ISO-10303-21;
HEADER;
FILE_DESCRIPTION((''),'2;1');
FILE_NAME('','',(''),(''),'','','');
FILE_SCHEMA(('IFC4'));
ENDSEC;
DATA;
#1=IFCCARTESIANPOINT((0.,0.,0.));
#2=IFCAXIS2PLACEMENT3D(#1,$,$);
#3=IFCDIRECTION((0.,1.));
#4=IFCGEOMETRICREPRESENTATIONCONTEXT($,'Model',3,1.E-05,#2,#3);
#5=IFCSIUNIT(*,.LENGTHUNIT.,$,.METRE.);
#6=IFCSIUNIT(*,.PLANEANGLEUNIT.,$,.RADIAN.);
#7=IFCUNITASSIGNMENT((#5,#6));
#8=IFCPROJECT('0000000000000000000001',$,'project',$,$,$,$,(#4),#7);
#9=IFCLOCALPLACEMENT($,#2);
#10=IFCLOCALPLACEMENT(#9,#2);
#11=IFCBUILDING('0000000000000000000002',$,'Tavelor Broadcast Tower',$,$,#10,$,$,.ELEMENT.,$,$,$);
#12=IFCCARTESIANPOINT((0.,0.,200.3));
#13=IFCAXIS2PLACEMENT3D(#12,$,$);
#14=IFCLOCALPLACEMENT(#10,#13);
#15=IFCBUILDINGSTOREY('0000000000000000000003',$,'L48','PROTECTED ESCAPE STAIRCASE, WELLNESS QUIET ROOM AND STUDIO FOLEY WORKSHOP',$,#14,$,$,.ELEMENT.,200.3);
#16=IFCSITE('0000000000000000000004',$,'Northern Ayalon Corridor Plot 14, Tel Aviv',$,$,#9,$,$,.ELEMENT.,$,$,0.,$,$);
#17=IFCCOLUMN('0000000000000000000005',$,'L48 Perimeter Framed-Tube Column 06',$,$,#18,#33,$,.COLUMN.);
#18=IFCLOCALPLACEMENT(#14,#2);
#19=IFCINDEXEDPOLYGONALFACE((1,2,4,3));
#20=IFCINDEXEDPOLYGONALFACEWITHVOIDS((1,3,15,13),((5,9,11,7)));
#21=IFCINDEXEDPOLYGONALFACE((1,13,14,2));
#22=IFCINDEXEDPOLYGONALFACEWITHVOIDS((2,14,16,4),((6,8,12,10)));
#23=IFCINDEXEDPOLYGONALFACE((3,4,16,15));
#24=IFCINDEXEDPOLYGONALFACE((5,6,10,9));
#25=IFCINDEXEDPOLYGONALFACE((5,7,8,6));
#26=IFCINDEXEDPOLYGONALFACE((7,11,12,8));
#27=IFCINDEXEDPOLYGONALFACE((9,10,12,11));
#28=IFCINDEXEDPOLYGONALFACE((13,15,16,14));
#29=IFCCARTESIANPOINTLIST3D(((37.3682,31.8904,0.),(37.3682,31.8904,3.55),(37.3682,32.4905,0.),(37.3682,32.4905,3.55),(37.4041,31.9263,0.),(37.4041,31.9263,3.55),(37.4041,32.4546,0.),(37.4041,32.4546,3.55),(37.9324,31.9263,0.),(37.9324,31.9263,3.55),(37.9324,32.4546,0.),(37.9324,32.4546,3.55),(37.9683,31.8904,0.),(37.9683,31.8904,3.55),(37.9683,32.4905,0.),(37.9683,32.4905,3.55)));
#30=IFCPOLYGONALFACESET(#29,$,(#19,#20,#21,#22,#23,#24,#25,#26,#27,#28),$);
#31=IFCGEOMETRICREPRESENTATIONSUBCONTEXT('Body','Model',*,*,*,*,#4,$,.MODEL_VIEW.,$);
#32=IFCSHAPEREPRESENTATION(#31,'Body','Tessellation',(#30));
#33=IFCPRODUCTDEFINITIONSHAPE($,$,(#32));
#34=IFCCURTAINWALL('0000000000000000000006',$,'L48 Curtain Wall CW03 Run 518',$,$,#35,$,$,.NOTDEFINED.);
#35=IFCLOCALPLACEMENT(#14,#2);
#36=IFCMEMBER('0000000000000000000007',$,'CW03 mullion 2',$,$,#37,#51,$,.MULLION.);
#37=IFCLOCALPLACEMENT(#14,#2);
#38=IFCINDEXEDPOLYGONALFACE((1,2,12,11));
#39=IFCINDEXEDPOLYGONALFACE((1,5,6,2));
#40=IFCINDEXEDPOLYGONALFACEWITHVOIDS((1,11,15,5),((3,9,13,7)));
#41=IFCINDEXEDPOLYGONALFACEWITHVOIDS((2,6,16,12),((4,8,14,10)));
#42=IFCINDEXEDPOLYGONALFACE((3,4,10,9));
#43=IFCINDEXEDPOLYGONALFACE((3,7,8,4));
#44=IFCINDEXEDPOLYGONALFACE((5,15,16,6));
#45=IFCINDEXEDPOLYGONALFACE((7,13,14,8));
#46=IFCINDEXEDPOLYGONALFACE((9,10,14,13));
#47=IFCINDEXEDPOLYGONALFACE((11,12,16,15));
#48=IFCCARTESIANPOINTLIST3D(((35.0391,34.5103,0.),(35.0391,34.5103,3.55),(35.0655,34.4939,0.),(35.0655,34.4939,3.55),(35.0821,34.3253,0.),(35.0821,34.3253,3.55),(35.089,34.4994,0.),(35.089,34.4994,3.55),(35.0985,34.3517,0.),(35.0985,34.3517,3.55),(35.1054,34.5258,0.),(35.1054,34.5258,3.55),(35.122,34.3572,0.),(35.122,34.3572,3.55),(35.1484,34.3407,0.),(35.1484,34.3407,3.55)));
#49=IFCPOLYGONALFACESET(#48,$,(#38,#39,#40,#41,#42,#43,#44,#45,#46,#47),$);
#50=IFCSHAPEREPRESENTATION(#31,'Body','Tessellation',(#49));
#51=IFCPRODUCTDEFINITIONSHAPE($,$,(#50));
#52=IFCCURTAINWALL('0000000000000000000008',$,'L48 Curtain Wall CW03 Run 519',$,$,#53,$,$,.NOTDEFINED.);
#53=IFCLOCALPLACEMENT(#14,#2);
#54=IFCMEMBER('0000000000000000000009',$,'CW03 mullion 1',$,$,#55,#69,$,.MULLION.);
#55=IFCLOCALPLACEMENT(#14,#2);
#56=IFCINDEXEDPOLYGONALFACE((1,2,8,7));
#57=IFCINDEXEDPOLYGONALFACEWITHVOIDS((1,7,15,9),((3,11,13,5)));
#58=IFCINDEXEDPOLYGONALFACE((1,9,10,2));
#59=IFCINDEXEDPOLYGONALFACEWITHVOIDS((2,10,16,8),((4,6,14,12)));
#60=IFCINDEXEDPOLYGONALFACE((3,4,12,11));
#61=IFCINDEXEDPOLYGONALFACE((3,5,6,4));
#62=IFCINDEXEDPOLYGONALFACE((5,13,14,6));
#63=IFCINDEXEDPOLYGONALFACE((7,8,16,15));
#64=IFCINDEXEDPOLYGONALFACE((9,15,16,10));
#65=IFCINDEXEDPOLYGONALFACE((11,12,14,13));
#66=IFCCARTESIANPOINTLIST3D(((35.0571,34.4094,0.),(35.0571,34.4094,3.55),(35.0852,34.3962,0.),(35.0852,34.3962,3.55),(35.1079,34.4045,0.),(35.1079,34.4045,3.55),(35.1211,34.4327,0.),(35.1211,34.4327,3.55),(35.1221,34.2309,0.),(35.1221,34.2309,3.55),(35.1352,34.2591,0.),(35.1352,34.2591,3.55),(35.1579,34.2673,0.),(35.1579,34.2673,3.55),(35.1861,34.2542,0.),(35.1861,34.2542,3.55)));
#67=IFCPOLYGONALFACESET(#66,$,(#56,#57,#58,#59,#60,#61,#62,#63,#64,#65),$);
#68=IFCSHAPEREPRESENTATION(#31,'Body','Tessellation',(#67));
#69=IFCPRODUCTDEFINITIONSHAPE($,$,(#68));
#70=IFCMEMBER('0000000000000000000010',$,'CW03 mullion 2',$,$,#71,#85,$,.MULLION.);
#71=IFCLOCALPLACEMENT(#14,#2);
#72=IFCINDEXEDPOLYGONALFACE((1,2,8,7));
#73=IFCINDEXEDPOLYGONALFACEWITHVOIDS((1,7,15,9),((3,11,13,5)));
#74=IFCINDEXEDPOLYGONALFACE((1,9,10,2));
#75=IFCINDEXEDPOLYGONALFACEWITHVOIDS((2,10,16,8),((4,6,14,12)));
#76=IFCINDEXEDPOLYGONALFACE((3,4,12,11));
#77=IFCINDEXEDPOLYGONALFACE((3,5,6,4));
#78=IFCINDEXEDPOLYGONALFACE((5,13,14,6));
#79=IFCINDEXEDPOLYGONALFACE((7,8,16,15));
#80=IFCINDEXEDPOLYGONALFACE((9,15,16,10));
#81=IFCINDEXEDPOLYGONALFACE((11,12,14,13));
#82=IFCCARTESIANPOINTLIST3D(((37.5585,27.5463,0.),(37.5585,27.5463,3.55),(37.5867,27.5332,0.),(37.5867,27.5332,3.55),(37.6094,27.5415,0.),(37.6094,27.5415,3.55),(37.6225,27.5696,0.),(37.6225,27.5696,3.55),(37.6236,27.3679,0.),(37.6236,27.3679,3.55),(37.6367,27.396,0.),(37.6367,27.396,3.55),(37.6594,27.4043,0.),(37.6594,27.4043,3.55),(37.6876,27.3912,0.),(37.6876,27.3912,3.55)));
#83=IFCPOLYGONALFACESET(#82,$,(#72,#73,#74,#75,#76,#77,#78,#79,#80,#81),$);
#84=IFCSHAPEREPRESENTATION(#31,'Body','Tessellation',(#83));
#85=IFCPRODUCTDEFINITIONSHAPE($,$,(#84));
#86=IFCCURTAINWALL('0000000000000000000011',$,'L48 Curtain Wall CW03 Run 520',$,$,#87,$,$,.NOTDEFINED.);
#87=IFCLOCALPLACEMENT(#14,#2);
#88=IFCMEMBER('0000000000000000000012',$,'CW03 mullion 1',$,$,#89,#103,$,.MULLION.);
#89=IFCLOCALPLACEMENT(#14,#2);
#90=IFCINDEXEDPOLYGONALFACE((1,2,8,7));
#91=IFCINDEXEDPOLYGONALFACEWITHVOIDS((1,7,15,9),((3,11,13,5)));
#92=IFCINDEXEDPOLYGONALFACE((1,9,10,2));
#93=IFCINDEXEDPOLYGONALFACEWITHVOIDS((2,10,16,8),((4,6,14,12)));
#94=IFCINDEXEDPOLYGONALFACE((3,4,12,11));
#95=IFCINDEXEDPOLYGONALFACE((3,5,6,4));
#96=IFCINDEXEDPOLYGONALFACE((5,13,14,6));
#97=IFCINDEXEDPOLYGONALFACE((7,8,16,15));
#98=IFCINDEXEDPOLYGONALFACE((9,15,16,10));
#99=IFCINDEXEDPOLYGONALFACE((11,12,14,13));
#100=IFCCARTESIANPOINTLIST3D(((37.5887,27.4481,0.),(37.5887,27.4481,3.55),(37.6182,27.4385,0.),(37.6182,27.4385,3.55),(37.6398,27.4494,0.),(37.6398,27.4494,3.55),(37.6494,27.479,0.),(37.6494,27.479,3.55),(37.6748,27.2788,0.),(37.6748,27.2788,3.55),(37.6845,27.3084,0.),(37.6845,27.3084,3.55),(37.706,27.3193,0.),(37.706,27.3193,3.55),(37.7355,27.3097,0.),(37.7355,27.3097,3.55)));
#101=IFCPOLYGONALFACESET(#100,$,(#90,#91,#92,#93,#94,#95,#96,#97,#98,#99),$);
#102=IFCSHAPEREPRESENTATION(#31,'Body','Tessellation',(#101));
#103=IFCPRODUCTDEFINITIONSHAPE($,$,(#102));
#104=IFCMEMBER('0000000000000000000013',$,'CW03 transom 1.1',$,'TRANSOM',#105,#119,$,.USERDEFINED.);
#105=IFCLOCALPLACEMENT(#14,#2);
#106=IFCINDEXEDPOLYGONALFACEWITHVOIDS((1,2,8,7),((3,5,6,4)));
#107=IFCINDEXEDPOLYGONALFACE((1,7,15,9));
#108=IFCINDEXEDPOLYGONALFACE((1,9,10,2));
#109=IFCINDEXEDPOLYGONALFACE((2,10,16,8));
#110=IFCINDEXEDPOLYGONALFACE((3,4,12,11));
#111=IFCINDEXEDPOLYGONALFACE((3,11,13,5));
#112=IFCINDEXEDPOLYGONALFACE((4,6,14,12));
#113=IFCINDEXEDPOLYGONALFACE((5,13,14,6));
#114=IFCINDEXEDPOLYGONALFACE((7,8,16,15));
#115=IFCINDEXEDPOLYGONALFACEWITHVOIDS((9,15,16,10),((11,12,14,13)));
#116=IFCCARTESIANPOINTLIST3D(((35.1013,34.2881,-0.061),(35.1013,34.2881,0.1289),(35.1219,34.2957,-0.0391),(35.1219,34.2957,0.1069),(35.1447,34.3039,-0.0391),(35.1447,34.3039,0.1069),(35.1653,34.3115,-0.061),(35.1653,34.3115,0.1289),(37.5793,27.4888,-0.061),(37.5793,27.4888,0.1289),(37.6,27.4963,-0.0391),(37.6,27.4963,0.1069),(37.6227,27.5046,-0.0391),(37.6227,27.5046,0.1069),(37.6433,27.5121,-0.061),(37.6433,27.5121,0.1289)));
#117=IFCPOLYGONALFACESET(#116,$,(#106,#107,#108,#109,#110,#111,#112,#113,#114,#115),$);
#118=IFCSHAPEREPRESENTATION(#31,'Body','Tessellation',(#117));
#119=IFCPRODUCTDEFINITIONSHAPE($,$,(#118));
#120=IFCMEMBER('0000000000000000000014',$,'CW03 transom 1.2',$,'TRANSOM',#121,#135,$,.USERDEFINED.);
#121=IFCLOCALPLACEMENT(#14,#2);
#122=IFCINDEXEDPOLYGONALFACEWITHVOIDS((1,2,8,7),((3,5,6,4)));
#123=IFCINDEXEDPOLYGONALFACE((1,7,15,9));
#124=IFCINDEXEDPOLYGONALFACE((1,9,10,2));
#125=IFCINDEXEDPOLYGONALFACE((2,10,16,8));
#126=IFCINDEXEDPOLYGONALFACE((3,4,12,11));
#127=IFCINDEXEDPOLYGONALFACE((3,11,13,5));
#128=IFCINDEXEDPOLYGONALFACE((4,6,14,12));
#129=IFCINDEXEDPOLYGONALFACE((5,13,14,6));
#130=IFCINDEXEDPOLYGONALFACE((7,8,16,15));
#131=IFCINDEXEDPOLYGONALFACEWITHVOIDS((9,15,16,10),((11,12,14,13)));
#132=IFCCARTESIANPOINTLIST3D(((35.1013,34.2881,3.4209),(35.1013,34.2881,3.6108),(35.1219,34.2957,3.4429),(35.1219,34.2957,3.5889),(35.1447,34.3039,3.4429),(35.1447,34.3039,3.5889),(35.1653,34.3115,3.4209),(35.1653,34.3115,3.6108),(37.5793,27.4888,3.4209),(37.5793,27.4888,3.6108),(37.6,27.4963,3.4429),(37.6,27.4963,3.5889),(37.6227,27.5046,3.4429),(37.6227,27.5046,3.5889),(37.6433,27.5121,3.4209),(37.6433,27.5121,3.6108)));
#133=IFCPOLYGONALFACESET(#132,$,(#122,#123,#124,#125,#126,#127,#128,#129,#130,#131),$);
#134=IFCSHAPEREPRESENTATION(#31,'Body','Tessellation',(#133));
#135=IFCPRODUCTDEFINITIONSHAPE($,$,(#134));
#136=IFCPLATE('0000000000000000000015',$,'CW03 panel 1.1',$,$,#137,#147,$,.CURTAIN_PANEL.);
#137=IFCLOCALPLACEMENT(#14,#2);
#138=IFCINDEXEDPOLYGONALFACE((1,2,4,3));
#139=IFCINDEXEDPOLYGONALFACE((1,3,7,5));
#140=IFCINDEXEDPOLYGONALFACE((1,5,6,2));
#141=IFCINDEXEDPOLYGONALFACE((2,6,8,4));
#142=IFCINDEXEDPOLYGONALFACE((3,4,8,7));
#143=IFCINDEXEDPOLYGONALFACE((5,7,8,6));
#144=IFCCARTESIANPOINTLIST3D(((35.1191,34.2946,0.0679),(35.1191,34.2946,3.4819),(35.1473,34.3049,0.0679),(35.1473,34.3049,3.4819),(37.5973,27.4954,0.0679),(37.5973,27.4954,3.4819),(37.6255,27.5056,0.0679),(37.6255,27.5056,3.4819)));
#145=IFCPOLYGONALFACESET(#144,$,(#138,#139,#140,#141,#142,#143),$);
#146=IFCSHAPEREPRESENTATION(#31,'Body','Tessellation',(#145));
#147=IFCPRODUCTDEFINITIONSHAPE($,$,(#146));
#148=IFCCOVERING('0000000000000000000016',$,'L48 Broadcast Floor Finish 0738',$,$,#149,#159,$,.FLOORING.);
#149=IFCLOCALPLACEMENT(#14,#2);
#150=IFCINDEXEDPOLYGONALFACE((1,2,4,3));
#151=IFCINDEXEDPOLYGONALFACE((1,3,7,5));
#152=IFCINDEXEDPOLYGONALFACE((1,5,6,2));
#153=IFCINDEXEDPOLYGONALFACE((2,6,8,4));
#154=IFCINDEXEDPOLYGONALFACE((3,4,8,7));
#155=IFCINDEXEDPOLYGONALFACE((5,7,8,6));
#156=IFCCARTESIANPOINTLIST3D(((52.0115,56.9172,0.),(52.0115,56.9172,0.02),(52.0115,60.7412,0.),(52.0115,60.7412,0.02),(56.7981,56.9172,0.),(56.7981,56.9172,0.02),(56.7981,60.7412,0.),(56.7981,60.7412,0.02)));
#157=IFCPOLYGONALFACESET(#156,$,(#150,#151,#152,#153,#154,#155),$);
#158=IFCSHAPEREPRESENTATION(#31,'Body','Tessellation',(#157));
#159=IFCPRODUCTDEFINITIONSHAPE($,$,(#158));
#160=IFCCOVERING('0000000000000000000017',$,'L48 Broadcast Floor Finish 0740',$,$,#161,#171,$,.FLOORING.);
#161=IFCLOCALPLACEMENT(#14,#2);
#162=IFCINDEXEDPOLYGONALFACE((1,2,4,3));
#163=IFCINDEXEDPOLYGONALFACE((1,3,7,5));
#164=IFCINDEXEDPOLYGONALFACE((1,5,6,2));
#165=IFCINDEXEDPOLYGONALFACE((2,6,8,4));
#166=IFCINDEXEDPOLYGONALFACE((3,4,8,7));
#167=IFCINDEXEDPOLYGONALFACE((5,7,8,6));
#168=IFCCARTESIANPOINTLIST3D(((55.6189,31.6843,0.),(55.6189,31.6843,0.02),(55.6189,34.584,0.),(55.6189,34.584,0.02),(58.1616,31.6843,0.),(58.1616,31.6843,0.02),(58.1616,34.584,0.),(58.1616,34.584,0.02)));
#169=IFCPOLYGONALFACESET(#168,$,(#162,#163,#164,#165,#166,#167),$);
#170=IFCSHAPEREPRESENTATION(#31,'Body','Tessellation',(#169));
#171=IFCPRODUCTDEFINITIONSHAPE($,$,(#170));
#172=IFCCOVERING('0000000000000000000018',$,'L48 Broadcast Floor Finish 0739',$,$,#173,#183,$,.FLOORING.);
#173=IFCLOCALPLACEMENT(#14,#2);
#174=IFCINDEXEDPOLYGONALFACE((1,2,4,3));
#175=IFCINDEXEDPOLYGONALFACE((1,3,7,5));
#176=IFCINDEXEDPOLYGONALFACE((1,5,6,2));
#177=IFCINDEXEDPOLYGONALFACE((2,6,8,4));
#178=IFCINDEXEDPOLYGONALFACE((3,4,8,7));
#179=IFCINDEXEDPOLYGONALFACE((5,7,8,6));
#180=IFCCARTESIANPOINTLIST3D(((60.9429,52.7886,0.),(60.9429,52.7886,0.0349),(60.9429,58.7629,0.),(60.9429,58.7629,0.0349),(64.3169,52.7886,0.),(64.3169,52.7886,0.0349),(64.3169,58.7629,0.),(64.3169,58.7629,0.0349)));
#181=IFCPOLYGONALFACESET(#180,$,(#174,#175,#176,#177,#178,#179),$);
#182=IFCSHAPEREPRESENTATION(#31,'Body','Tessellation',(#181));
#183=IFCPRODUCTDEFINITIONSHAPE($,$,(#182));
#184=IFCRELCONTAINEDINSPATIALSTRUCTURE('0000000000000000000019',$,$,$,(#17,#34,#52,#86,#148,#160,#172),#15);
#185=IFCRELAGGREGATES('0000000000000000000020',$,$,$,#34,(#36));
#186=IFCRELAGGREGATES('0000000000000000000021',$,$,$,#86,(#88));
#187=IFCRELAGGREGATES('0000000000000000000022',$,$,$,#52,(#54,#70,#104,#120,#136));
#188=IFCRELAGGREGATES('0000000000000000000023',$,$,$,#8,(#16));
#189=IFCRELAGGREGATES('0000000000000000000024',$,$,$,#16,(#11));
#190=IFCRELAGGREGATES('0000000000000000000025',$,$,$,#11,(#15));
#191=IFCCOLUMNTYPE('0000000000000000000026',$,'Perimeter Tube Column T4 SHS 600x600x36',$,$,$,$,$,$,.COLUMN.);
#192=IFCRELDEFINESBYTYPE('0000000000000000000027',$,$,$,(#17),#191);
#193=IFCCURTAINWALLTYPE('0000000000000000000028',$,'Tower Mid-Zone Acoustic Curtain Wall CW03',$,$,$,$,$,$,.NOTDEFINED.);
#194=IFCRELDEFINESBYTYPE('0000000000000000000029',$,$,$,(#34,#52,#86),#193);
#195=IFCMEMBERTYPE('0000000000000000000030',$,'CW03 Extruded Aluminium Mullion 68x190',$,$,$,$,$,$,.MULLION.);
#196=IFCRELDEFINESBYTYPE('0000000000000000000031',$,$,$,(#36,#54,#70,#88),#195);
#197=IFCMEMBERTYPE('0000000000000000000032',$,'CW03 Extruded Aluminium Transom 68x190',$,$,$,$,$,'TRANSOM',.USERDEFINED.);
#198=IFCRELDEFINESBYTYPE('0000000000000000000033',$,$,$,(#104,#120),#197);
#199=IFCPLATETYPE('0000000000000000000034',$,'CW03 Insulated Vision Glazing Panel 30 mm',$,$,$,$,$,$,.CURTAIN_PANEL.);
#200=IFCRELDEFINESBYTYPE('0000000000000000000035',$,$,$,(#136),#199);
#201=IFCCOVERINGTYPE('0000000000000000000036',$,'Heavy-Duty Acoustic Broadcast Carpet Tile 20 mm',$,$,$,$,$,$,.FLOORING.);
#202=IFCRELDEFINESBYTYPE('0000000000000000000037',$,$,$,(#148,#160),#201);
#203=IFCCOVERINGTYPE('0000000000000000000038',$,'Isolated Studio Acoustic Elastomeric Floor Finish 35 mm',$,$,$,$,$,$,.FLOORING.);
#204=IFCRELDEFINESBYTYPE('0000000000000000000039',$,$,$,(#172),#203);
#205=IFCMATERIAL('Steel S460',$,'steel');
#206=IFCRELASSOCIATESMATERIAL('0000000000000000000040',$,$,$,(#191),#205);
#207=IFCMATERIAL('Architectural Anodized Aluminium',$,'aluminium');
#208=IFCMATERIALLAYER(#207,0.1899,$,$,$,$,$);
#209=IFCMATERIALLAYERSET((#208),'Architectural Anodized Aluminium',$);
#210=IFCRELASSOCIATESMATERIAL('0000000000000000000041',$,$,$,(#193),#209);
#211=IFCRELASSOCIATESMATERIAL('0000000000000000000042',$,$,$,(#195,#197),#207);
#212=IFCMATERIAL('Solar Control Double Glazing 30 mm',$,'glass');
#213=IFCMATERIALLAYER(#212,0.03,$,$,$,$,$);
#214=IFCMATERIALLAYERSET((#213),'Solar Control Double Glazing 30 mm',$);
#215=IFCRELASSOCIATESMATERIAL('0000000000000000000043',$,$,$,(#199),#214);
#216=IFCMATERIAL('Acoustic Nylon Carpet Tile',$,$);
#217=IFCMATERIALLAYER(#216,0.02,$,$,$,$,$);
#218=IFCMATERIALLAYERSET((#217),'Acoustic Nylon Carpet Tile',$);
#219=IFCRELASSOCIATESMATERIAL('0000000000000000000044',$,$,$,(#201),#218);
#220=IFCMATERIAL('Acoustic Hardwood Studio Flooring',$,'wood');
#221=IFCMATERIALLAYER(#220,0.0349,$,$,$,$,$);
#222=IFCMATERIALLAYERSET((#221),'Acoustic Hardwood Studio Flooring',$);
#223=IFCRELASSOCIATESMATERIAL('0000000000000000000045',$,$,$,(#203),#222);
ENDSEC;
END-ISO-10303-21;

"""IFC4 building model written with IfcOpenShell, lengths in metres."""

from ifc_helpers import new_model, si_unit, direction, frame, origin, origin_2d, place, context, subcontext, project, spatial, polyline, rectangle, hollow_rectangle, outline, extrude, source, transform, mapped, material, layer, layer_set, material_profile, profile_set, type_object, type_shapes, element, aggregate, save


model = new_model("IFC4")

# Units and contexts
model_context = context("Model", 3, precision=1e-05, world=origin(), true_north=direction((0.0, 1.0)))
body_context = subcontext(model_context, "Body", "Model", "MODEL_VIEW")
ifc_project = project(units=[si_unit("LENGTHUNIT", "METRE"), si_unit("PLANEANGLEUNIT", "RADIAN")], contexts=[model_context])

# Site, building, storey
site_placement = place(None, origin())
site = spatial("IfcSite", under=ifc_project, at=site_placement, Name="Northern Ayalon Corridor Plot 14, Tel Aviv", CompositionType="ELEMENT", RefElevation=0.0)
building_placement = place(site_placement, origin())
building = spatial("IfcBuilding", under=site, at=building_placement, Name="Tavelor Broadcast Tower", CompositionType="ELEMENT")
storey_placement = place(building_placement, frame((0.0, 0.0, 200.3)))
storey = spatial("IfcBuildingStorey", under=building, at=storey_placement, Name="L48", Description="PROTECTED ESCAPE STAIRCASE, WELLNESS QUIET ROOM AND STUDIO FOLEY WORKSHOP", CompositionType="ELEMENT", Elevation=200.3)

# Column
ifc_material_1 = material(Name="Steel S460", Category="steel")
ifc_material_profile_1 = material_profile(ifc_material_1, hollow_rectangle(XDim=0.6001, YDim=0.6001, WallThickness=0.0359, at=origin_2d()), Name="SHS 600x600x36")
ifc_profile_set_1 = profile_set([ifc_material_profile_1], Name="Steel S460")
column_type = type_object("IfcColumnType", Name="Perimeter Tube Column T4 SHS 600x600x36", PredefinedType="COLUMN", material=ifc_profile_set_1)
column_placement = place(storey_placement, frame((37.6682, 32.1904, 0.0), z_axis=(0.0, 0.0, 1.0), x_axis=(1.0, 0.0, 0.0)))
element("IfcColumn", 1, at=column_placement, inside=storey, type_object=column_type, Name="L48 Perimeter Framed-Tube Column 06", PredefinedType="COLUMN", context=body_context, shape_type="SweptSolid", body=[
    extrude(hollow_rectangle(XDim=0.6001, YDim=0.6001, WallThickness=0.0359, at=origin_2d()), origin(), (0.0, 0.0, 1.0), 3.55),
])

# Curtain wall, member
ifc_material_2 = material(Name="Architectural Anodized Aluminium", Category="aluminium")
ifc_layer_1 = layer(ifc_material_2, 0.1899)
ifc_layer_set_1 = layer_set([ifc_layer_1], Name="Architectural Anodized Aluminium")
curtain_wall_type = type_object("IfcCurtainWallType", Name="Tower Mid-Zone Acoustic Curtain Wall CW03", PredefinedType="NOTDEFINED", material=ifc_layer_set_1)
curtain_wall_1_placement = place(storey_placement, origin())
curtain_wall_1 = element("IfcCurtainWall", 2, at=curtain_wall_1_placement, inside=storey, type_object=curtain_wall_type, Name="L48 Curtain Wall CW03 Run 518", PredefinedType="NOTDEFINED")
ifc_material_profile_2 = material_profile(ifc_material_2, hollow_rectangle(XDim=0.0681, YDim=0.1899, WallThickness=0.022, at=origin_2d()), Name="RHS 68x190x22")
ifc_profile_set_2 = profile_set([ifc_material_profile_2], Name="Architectural Anodized Aluminium")
member_type_1 = type_object("IfcMemberType", Name="CW03 Extruded Aluminium Mullion 68x190", PredefinedType="MULLION", material=ifc_profile_set_2)
shared_shape_1 = source(origin(), body_context, "Body", "SweptSolid", [
    extrude(hollow_rectangle(XDim=0.0681, YDim=0.1899, WallThickness=0.022, at=origin_2d()), origin(), (0.0, 0.0, 1.0), 3.55),
])
type_shapes(member_type_1, [shared_shape_1])
member_1_placement = place(storey_placement, frame((35.0938, 34.4255, 0.0), z_axis=(0.0, 0.0, 1.0), x_axis=(0.974071, 0.226241, 0.0)))
member_1 = element("IfcMember", 3, at=member_1_placement, type_object=member_type_1, Name="CW03 mullion 2", PredefinedType="MULLION", context=body_context, shape_type="MappedRepresentation", body=[
    mapped(shared_shape_1, transform((0.0, 0.0, 0.0), scale=1.0)),
])
aggregate(curtain_wall_1, [member_1])

# Curtain wall, members
curtain_wall_2_placement = place(storey_placement, origin())
curtain_wall_2 = element("IfcCurtainWall", 4, at=curtain_wall_2_placement, inside=storey, type_object=curtain_wall_type, Name="L48 Curtain Wall CW03 Run 519", PredefinedType="NOTDEFINED")
member_2_placement = place(storey_placement, frame((35.1216, 34.3318, 0.0), z_axis=(0.0, 0.0, 1.0), x_axis=(0.939541, 0.342437, 0.0)))
member_2 = element("IfcMember", 5, at=member_2_placement, type_object=member_type_1, Name="CW03 mullion 1", PredefinedType="MULLION", context=body_context, shape_type="MappedRepresentation", body=[
    mapped(shared_shape_1, transform((0.0, 0.0, 0.0), scale=1.0)),
])
member_3_placement = place(storey_placement, frame((37.623, 27.4688, 0.0), z_axis=(0.0, 0.0, 1.0), x_axis=(0.939541, 0.342437, 0.0)))
member_3 = element("IfcMember", 6, at=member_3_placement, type_object=member_type_1, Name="CW03 mullion 2", PredefinedType="MULLION", context=body_context, shape_type="MappedRepresentation", body=[
    mapped(shared_shape_1, transform((0.0, 0.0, 0.0), scale=1.0)),
])

# Curtain wall, member
curtain_wall_3_placement = place(storey_placement, origin())
curtain_wall_3 = element("IfcCurtainWall", 7, at=curtain_wall_3_placement, inside=storey, type_object=curtain_wall_type, Name="L48 Curtain Wall CW03 Run 520", PredefinedType="NOTDEFINED")
member_4_placement = place(storey_placement, frame((37.6621, 27.3789, 0.0), z_axis=(0.0, 0.0, 1.0), x_axis=(0.891194, 0.453623, 0.0)))
member_4 = element("IfcMember", 8, at=member_4_placement, type_object=member_type_1, Name="CW03 mullion 1", PredefinedType="MULLION", context=body_context, shape_type="MappedRepresentation", body=[
    mapped(shared_shape_1, transform((0.0, 0.0, 0.0), scale=1.0)),
])
aggregate(curtain_wall_3, [member_4])

# Members
ifc_material_profile_3 = material_profile(ifc_material_2, hollow_rectangle(XDim=0.0681, YDim=0.1899, WallThickness=0.022, at=origin_2d()), Name="RHS 68x190x22")
ifc_profile_set_3 = profile_set([ifc_material_profile_3], Name="Architectural Anodized Aluminium")
member_type_2 = type_object("IfcMemberType", Name="CW03 Extruded Aluminium Transom 68x190", ElementType="TRANSOM", PredefinedType="USERDEFINED", material=ifc_profile_set_3)
shared_shape_2 = source(origin(), body_context, "Body", "SweptSolid", [
    extrude(hollow_rectangle(XDim=0.0681, YDim=0.1899, WallThickness=0.022, at=origin_2d()), origin(), (0.0, 0.0, 1.0), 7.2368),
])
type_shapes(member_type_2, [shared_shape_2])
member_5_placement = place(storey_placement, frame((35.1333, 34.2998, 0.0339), z_axis=(0.34242, -0.939547, 0.0), x_axis=(0.939547, 0.34242, 0.0)))
member_5 = element("IfcMember", 9, at=member_5_placement, type_object=member_type_2, Name="CW03 transom 1.1", ObjectType="TRANSOM", PredefinedType="USERDEFINED", context=body_context, shape_type="MappedRepresentation", body=[
    mapped(shared_shape_2, transform((0.0, 0.0, 0.0), scale=1.0)),
])
member_6_placement = place(storey_placement, frame((35.1333, 34.2998, 3.5159), z_axis=(0.34242, -0.939547, 0.0), x_axis=(0.939547, 0.34242, 0.0)))
member_6 = element("IfcMember", 10, at=member_6_placement, type_object=member_type_2, Name="CW03 transom 1.2", ObjectType="TRANSOM", PredefinedType="USERDEFINED", context=body_context, shape_type="MappedRepresentation", body=[
    mapped(shared_shape_2, transform((0.0, 0.0, 0.0), scale=1.0)),
])

# Plate
ifc_material_3 = material(Name="Solar Control Double Glazing 30 mm", Category="glass")
ifc_layer_2 = layer(ifc_material_3, 0.03)
ifc_layer_set_2 = layer_set([ifc_layer_2], Name="Solar Control Double Glazing 30 mm")
plate_type = type_object("IfcPlateType", Name="CW03 Insulated Vision Glazing Panel 30 mm", PredefinedType="CURTAIN_PANEL", material=ifc_layer_set_2)
shared_shape_3 = source(origin(), body_context, "Body", "SweptSolid", [
    extrude(rectangle(XDim=7.2368, YDim=0.03, at=origin_2d()), origin(), (0.0, 0.0, 1.0), 3.4141),
])
type_shapes(plate_type, [shared_shape_3])
plate_placement = place(storey_placement, frame((36.3723, 30.9001, 0.0679), z_axis=(0.0, 0.0, 1.0), x_axis=(0.342437, -0.939541, 0.0)))
plate = element("IfcPlate", 11, at=plate_placement, type_object=plate_type, Name="CW03 panel 1.1", PredefinedType="CURTAIN_PANEL", context=body_context, shape_type="MappedRepresentation", body=[
    mapped(shared_shape_3, transform((0.0, 0.0, 0.0), scale=1.0)),
])
aggregate(curtain_wall_2, [member_2, member_3, member_5, member_6, plate])

# Coverings
ifc_material_4 = material(Name="Acoustic Nylon Carpet Tile")
ifc_layer_3 = layer(ifc_material_4, 0.02)
ifc_layer_set_3 = layer_set([ifc_layer_3], Name="Acoustic Nylon Carpet Tile")
covering_type_1 = type_object("IfcCoveringType", Name="Heavy-Duty Acoustic Broadcast Carpet Tile 20 mm", PredefinedType="FLOORING", material=ifc_layer_set_3)
covering_1_placement = place(storey_placement, origin())
element("IfcCovering", 12, at=covering_1_placement, inside=storey, type_object=covering_type_1, Name="L48 Broadcast Floor Finish 0738", PredefinedType="FLOORING", context=body_context, shape_type="SweptSolid", body=[
    extrude(outline(polyline([(52.0115, 56.9172), (56.7981, 56.9172), (56.7981, 60.7412), (52.0115, 60.7412), (52.0115, 56.9172)])), origin(), (0.0, 0.0, 1.0), 0.02),
])
covering_2_placement = place(storey_placement, origin())
element("IfcCovering", 13, at=covering_2_placement, inside=storey, type_object=covering_type_1, Name="L48 Broadcast Floor Finish 0740", PredefinedType="FLOORING", context=body_context, shape_type="SweptSolid", body=[
    extrude(outline(polyline([(55.6189, 31.6843), (58.1616, 31.6843), (58.1616, 34.584), (55.6189, 34.584), (55.6189, 31.6843)])), origin(), (0.0, 0.0, 1.0), 0.02),
])
ifc_material_5 = material(Name="Acoustic Hardwood Studio Flooring", Category="wood")
ifc_layer_4 = layer(ifc_material_5, 0.0349)
ifc_layer_set_4 = layer_set([ifc_layer_4], Name="Acoustic Hardwood Studio Flooring")
covering_type_2 = type_object("IfcCoveringType", Name="Isolated Studio Acoustic Elastomeric Floor Finish 35 mm", PredefinedType="FLOORING", material=ifc_layer_set_4)
covering_3_placement = place(storey_placement, origin())
element("IfcCovering", 14, at=covering_3_placement, inside=storey, type_object=covering_type_2, Name="L48 Broadcast Floor Finish 0739", PredefinedType="FLOORING", context=body_context, shape_type="SweptSolid", body=[
    extrude(outline(polyline([(60.9429, 52.7886), (64.3169, 52.7886), (64.3169, 58.7629), (60.9429, 58.7629), (60.9429, 52.7886)])), origin(), (0.0, 0.0, 1.0), 0.0349),
])

save(model, "model.ifc")
